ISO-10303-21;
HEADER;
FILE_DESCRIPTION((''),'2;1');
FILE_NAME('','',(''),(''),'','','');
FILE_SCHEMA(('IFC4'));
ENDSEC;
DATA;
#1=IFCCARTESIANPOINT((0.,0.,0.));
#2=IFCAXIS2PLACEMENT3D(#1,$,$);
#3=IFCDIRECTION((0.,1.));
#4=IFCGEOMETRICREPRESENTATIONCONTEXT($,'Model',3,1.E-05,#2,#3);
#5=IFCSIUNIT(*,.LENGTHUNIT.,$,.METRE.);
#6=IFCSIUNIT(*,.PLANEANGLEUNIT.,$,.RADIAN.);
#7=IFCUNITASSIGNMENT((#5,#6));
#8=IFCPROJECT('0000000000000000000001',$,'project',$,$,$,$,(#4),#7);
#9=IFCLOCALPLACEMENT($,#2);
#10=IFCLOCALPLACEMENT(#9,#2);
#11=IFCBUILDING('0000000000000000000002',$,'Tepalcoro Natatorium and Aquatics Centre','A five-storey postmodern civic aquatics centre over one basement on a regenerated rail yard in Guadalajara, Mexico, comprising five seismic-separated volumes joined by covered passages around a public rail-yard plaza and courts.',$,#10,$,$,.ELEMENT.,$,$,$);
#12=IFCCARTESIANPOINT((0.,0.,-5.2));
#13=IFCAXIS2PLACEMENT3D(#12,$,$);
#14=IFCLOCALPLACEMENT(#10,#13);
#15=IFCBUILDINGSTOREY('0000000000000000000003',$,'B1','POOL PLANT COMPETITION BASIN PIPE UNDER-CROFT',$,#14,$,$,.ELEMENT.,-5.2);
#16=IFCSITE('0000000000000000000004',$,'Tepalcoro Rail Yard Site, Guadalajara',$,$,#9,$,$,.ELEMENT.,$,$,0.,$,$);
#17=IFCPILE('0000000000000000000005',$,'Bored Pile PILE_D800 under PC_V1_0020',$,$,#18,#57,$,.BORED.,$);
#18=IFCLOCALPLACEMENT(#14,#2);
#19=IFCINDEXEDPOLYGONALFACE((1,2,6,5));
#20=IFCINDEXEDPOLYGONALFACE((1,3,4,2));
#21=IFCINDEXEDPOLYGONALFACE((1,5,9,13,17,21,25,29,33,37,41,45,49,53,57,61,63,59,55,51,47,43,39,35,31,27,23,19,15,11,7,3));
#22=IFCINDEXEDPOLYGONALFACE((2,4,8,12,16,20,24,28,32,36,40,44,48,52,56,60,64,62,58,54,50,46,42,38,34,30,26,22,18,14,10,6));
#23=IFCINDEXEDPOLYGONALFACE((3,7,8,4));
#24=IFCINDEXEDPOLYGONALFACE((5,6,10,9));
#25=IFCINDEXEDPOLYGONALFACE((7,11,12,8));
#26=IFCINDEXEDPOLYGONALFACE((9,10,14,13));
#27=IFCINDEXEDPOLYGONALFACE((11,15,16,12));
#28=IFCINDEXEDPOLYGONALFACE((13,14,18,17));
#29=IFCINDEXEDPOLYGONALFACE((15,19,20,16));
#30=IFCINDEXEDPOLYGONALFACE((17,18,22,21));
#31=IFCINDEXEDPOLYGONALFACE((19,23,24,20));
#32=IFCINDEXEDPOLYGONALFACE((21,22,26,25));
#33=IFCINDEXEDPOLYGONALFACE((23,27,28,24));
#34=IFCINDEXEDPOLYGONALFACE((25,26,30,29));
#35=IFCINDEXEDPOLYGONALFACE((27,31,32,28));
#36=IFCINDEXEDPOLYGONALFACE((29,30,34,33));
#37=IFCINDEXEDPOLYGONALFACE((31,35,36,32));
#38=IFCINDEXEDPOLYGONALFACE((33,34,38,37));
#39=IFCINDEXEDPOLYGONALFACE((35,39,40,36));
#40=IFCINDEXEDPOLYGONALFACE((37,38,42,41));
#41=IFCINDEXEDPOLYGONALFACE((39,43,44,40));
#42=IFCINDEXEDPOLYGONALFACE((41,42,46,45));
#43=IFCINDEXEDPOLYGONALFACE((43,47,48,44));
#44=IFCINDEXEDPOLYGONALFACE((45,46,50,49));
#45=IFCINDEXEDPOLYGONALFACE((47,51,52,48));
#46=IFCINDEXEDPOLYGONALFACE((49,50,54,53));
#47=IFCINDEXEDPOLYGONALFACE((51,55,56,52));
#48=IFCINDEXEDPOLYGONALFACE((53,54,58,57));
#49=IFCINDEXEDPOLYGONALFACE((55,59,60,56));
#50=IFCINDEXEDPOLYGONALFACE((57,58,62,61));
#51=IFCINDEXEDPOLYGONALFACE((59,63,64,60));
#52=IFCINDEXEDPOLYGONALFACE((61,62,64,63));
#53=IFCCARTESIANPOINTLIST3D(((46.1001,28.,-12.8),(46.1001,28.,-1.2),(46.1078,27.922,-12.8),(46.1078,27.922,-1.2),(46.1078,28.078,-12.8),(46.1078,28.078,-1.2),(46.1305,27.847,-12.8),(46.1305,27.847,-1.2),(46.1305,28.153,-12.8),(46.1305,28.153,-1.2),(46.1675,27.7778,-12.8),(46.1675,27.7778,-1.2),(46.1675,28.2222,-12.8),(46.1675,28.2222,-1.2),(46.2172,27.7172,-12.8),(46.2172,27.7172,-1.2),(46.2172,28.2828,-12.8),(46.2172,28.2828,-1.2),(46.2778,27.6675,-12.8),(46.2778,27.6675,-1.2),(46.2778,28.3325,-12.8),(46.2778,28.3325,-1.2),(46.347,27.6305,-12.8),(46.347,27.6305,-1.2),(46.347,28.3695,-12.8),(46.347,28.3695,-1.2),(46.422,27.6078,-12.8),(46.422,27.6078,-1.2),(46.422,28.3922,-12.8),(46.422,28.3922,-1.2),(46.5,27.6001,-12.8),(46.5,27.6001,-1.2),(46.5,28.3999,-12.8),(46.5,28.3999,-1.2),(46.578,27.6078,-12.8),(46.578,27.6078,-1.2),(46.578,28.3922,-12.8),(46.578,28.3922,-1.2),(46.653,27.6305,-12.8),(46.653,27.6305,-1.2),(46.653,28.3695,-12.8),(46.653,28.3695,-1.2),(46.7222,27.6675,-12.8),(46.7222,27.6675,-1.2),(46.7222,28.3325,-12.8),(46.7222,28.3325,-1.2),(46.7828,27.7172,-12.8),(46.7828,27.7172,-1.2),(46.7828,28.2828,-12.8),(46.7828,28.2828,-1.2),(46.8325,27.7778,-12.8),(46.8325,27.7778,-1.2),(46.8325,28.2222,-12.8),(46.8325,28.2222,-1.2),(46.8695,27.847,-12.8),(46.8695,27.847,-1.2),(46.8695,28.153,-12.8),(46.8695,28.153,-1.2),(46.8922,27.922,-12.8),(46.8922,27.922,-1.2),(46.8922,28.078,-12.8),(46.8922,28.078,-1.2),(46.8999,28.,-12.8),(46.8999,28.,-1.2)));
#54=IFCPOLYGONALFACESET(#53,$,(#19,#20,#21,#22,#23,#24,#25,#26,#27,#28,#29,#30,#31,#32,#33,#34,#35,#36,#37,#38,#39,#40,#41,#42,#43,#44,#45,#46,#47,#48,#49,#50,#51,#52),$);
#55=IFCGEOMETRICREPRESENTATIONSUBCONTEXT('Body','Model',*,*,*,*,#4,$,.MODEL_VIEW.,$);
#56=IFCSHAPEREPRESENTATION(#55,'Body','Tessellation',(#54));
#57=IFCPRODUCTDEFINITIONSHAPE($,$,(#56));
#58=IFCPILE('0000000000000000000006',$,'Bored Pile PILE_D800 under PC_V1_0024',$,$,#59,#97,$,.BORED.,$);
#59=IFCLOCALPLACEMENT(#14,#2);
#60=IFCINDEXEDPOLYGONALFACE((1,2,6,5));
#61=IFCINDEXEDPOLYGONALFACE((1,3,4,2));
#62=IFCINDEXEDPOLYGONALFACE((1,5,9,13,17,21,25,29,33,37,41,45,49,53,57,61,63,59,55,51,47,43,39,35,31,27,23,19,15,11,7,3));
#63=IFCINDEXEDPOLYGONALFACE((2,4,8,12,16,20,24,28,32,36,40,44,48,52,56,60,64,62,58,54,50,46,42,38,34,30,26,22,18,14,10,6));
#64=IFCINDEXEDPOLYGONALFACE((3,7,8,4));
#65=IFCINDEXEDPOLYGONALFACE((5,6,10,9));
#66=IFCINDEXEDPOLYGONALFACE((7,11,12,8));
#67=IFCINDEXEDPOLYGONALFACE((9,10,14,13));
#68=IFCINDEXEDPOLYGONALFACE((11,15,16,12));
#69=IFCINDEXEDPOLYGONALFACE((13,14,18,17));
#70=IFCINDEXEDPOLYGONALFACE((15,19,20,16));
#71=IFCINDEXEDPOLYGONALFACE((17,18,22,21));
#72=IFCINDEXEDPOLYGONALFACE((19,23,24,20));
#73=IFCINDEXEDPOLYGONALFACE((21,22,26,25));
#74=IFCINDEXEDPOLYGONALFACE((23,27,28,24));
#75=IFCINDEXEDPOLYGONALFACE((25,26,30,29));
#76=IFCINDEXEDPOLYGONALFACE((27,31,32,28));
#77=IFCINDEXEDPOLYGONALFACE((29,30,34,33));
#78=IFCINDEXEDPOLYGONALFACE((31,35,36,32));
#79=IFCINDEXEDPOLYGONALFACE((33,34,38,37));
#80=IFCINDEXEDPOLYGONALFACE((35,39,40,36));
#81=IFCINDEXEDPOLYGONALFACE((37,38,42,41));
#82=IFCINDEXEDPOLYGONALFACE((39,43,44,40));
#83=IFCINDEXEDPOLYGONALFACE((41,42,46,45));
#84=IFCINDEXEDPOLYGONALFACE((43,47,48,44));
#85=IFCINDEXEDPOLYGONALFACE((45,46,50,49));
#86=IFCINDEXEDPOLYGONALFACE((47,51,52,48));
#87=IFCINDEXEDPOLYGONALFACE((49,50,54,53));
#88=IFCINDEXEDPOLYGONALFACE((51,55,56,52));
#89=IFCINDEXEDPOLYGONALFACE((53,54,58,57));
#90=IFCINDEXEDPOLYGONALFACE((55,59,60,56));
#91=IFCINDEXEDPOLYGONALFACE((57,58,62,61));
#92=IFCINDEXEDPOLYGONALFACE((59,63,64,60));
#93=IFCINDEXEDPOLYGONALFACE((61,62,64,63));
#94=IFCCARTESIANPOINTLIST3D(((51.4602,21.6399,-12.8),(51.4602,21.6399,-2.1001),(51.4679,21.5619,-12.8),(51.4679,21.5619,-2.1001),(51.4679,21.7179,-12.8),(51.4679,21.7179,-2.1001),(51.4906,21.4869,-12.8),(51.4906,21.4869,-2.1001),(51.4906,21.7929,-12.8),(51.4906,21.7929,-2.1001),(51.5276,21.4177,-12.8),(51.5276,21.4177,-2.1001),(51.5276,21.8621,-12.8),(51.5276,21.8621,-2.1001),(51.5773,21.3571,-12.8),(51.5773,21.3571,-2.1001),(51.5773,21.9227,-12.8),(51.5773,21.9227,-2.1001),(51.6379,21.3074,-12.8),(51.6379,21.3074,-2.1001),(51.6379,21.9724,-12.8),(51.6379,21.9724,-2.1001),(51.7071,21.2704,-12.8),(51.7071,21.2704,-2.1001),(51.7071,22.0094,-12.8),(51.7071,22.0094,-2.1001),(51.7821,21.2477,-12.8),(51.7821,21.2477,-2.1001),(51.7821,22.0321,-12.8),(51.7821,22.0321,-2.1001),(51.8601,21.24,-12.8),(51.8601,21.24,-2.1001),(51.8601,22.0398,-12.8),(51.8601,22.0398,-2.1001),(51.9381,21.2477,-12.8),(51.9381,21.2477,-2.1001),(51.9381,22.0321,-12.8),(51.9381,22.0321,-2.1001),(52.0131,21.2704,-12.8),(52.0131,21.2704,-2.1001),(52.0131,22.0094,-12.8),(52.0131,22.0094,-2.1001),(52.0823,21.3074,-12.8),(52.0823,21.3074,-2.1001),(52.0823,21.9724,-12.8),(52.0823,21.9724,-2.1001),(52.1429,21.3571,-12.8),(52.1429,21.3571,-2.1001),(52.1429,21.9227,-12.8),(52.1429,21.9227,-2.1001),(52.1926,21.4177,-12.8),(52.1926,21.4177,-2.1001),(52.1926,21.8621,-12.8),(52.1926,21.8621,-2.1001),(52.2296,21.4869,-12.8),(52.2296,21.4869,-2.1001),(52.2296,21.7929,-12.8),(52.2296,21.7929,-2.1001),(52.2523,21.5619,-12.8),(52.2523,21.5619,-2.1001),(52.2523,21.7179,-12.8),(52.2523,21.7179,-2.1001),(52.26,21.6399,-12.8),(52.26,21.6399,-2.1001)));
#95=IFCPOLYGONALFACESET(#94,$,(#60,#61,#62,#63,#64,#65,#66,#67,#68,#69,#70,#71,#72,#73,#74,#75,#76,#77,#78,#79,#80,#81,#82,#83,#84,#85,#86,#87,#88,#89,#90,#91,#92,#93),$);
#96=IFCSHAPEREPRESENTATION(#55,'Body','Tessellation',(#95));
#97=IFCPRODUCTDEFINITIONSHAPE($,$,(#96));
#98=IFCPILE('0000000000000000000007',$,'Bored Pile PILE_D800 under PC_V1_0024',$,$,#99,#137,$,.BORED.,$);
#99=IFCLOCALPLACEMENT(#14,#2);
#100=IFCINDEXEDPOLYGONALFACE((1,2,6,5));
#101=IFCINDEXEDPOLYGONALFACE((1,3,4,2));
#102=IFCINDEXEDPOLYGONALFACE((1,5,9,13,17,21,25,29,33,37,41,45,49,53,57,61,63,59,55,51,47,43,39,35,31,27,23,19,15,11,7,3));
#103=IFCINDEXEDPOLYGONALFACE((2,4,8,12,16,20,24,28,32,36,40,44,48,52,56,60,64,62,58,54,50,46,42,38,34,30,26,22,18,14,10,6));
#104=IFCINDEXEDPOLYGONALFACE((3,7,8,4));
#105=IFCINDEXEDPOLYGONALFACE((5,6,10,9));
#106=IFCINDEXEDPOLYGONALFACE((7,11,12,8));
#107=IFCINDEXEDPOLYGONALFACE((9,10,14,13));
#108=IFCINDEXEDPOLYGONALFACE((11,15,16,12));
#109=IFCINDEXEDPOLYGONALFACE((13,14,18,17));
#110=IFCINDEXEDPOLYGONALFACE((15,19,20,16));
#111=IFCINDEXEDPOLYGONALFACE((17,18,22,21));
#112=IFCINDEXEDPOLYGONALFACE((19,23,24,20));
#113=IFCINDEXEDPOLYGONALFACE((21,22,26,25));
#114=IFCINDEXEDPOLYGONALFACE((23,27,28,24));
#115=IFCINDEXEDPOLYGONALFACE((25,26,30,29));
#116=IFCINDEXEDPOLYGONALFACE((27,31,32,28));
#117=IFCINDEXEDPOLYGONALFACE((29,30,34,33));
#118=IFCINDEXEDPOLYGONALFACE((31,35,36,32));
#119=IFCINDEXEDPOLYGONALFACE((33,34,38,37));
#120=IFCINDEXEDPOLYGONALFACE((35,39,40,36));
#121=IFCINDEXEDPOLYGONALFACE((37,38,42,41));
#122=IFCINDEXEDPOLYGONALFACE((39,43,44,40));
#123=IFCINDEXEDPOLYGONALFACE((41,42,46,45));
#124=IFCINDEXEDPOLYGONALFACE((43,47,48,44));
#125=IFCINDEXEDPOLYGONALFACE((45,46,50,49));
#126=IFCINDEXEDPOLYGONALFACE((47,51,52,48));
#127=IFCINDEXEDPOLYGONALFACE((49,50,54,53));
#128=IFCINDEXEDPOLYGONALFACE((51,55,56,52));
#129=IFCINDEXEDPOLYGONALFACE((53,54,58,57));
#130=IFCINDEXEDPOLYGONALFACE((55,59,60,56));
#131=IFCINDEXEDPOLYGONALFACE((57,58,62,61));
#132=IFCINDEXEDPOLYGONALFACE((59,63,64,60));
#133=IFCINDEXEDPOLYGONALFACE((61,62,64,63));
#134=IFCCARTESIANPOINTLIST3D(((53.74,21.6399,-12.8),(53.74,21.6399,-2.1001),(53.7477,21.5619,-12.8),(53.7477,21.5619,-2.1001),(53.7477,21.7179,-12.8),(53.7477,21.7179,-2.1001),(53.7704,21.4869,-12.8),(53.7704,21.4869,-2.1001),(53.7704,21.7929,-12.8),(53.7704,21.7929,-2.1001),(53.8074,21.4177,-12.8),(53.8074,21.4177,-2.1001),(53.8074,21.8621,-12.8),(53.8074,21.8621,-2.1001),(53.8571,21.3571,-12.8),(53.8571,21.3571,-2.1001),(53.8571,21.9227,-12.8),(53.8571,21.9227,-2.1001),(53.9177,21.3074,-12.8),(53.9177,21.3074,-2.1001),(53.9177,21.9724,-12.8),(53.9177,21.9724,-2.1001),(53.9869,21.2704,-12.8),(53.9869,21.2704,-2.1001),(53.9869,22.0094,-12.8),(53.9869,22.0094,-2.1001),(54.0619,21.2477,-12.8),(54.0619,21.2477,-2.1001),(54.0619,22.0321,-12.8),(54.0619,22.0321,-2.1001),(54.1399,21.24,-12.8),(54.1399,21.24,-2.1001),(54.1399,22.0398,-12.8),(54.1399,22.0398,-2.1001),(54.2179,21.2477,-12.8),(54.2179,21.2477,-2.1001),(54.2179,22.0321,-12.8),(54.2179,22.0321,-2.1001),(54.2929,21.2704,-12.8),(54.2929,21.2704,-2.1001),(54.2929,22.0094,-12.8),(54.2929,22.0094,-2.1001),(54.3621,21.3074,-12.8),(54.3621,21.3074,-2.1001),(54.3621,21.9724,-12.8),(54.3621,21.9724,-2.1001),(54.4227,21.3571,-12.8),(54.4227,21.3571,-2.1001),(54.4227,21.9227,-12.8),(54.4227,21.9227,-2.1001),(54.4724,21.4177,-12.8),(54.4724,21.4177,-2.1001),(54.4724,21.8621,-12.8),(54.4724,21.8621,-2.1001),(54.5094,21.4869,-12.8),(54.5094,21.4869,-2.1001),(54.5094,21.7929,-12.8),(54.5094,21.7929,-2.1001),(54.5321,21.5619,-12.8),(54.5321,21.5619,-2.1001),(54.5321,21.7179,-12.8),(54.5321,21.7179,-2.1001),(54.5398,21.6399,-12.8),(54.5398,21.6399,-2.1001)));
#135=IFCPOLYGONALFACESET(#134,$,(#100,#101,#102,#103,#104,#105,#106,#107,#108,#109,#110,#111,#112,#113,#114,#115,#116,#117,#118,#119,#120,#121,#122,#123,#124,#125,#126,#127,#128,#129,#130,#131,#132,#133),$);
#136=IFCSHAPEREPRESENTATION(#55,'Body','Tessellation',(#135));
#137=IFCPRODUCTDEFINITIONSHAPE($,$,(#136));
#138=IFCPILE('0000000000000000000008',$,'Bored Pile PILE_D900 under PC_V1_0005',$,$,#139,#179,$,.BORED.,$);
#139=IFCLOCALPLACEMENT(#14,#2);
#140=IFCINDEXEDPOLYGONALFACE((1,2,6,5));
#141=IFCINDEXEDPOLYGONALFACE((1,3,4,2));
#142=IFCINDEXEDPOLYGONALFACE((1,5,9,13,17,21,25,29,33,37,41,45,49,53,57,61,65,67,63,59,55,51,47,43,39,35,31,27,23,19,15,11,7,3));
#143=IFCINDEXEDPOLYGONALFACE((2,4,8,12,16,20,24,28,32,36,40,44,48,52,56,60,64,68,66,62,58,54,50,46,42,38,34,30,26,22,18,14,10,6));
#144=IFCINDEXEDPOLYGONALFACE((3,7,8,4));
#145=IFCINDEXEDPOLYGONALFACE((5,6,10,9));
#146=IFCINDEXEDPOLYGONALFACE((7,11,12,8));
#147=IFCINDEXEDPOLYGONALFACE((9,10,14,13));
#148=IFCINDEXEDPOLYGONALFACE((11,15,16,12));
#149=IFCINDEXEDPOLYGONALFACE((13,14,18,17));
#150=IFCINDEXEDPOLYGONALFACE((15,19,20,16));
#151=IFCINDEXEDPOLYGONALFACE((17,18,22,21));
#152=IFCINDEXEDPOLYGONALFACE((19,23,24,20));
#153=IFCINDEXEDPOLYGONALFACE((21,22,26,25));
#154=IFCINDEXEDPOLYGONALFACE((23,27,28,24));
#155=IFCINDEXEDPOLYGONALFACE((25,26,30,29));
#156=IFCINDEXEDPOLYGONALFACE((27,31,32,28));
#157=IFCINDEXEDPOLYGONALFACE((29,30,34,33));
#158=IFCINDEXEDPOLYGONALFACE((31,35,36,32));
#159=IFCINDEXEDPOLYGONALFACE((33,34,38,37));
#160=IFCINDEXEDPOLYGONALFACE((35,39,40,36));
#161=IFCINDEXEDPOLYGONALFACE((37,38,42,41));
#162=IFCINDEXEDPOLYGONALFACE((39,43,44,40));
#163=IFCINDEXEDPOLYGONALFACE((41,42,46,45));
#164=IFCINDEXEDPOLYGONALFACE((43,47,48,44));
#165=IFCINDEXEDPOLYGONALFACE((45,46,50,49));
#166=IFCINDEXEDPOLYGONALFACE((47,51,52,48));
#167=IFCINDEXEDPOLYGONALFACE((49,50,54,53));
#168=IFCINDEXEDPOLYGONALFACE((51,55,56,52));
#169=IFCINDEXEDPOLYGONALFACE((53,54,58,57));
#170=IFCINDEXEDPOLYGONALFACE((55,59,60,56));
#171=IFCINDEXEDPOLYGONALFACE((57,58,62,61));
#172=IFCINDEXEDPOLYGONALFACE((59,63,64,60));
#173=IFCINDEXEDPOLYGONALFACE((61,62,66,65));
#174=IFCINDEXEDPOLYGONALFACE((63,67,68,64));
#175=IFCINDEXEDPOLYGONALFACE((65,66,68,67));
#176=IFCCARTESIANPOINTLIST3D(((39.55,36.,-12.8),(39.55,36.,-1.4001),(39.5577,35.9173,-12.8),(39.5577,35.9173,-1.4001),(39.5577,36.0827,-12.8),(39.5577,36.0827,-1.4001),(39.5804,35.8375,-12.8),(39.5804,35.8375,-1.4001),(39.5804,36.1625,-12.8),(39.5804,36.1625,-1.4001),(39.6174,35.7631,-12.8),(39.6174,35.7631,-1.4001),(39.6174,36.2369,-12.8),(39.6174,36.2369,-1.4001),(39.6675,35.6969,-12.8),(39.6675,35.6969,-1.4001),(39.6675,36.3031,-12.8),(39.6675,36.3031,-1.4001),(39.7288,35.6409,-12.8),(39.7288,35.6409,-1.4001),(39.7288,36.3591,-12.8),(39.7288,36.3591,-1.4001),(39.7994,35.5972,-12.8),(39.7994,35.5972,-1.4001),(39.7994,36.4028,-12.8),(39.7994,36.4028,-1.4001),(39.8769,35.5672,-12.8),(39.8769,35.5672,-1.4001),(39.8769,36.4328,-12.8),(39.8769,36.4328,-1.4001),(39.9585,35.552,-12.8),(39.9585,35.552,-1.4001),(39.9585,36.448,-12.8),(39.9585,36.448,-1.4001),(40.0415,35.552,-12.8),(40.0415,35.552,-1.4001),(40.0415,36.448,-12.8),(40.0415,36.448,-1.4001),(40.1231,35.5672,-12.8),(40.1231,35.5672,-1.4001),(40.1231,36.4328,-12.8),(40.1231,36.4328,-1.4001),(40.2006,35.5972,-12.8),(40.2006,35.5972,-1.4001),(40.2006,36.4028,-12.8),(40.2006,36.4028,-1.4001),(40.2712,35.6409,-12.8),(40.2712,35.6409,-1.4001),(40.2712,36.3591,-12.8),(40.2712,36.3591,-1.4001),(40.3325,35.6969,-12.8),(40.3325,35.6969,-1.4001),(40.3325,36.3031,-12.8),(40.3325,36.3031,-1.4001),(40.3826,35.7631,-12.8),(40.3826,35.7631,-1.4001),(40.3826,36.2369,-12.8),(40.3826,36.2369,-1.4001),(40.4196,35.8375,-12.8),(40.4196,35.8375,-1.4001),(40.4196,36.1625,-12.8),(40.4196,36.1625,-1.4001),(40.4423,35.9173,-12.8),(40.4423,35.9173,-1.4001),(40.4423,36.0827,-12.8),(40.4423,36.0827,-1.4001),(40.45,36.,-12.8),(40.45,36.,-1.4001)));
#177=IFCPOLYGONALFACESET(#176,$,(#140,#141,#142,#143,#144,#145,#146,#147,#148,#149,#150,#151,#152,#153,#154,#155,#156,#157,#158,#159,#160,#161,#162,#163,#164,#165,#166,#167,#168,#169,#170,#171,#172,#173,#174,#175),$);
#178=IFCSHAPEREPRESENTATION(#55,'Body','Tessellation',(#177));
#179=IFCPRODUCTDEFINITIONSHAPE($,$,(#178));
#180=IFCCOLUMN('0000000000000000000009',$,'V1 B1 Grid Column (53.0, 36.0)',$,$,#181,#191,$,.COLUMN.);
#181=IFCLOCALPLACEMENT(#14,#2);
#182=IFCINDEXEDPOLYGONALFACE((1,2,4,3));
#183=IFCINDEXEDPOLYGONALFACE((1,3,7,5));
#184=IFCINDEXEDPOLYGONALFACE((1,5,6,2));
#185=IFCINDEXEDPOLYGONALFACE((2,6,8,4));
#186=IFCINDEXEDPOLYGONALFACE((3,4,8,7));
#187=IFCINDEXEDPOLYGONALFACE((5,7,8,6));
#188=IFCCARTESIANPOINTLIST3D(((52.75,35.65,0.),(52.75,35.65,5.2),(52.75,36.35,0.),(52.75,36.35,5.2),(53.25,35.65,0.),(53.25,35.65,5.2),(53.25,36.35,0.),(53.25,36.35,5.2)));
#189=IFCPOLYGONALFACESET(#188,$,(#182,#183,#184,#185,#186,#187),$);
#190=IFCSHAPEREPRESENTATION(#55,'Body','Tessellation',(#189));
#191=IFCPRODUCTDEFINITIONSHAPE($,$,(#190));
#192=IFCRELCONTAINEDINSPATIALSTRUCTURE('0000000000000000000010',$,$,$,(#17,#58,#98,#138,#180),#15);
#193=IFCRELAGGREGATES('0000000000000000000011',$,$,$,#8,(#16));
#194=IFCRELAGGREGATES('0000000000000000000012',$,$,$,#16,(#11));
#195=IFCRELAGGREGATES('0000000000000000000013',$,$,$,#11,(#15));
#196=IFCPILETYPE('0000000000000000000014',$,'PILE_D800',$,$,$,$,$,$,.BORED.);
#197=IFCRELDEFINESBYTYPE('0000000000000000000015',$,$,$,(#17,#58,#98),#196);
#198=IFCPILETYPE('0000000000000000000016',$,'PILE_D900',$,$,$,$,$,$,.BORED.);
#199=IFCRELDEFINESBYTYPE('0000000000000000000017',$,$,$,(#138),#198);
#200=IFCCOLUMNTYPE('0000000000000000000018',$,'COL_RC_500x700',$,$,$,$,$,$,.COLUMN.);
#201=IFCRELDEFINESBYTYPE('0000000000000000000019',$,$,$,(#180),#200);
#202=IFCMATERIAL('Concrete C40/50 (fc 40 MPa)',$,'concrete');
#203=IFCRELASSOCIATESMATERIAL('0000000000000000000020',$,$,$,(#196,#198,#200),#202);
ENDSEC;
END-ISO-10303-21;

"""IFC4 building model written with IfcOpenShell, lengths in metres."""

from ifc_helpers import new_model, si_unit, direction, frame, origin, origin_2d, place, context, subcontext, project, spatial, rectangle, circle, extrude, material, material_profile, profile_set, type_object, element, save


model = new_model("IFC4")

# Units and contexts
model_context = context("Model", 3, precision=1e-05, world=origin(), true_north=direction((0.0, 1.0)))
body_context = subcontext(model_context, "Body", "Model", "MODEL_VIEW")
ifc_project = project(units=[si_unit("LENGTHUNIT", "METRE"), si_unit("PLANEANGLEUNIT", "RADIAN")], contexts=[model_context])

# Site, building, storey
site_placement = place(None, origin())
site = spatial("IfcSite", under=ifc_project, at=site_placement, Name="Tepalcoro Rail Yard Site, Guadalajara", CompositionType="ELEMENT", RefElevation=0.0)
building_placement = place(site_placement, origin())
building = spatial("IfcBuilding", under=site, at=building_placement, Name="Tepalcoro Natatorium and Aquatics Centre", Description="A five-storey postmodern civic aquatics centre over one basement on a regenerated rail yard in Guadalajara, Mexico, comprising five seismic-separated volumes joined by covered passages around a public rail-yard plaza and courts.", CompositionType="ELEMENT")
storey_placement = place(building_placement, frame((0.0, 0.0, -5.2)))
storey = spatial("IfcBuildingStorey", under=building, at=storey_placement, Name="B1", Description="POOL PLANT COMPETITION BASIN PIPE UNDER-CROFT", CompositionType="ELEMENT", Elevation=-5.2)

# Piles
ifc_material_1 = material(Name="Concrete C40/50 (fc 40 MPa)", Category="concrete")
ifc_material_profile_1 = material_profile(ifc_material_1, circle(Radius=0.3999, at=origin_2d()), Name="PILE_D800")
ifc_profile_set_1 = profile_set([ifc_material_profile_1], Name="Concrete C40/50 (fc 40 MPa)")
pile_type_1 = type_object("IfcPileType", Name="PILE_D800", PredefinedType="BORED", material=ifc_profile_set_1)
pile_1_placement = place(storey_placement, frame((46.5, 28.0, -1.2), z_axis=(0.0, 0.0, -1.0), x_axis=(1.0, 0.0, 0.0)))
element("IfcPile", 1, at=pile_1_placement, inside=storey, type_object=pile_type_1, Name="Bored Pile PILE_D800 under PC_V1_0020", PredefinedType="BORED", context=body_context, shape_type="SweptSolid", body=[
    extrude(circle(Radius=0.3999, at=origin_2d()), origin(), (0.0, 0.0, 1.0), 11.6001),
])
for number, where, z_axis, x_axis, name in (
    (2, (51.8601, 21.6399, -2.1001), (0.0, 0.0, -1.0), (1.0, 0.0, 0.0), "Bored Pile PILE_D800 under PC_V1_0024"),
    (3, (54.1399, 21.6399, -2.1001), (0.0, 0.0, -1.0), (1.0, 0.0, 0.0), "Bored Pile PILE_D800 under PC_V1_0024"),
):
    element("IfcPile", number, at=place(storey_placement, frame(where, z_axis=z_axis, x_axis=x_axis)), inside=storey, type_object=pile_type_1, Name=name, PredefinedType="BORED", context=body_context, shape_type="SweptSolid", body=[
        extrude(circle(Radius=0.3999, at=origin_2d()), origin(), (0.0, 0.0, 1.0), 10.7),
    ])
ifc_material_profile_2 = material_profile(ifc_material_1, circle(Radius=0.45, at=origin_2d()), Name="PILE_D900")
ifc_profile_set_2 = profile_set([ifc_material_profile_2], Name="Concrete C40/50 (fc 40 MPa)")
pile_type_2 = type_object("IfcPileType", Name="PILE_D900", PredefinedType="BORED", material=ifc_profile_set_2)
pile_2_placement = place(storey_placement, frame((40.0, 36.0, -1.4001), z_axis=(0.0, 0.0, -1.0), x_axis=(1.0, 0.0, 0.0)))
element("IfcPile", 4, at=pile_2_placement, inside=storey, type_object=pile_type_2, Name="Bored Pile PILE_D900 under PC_V1_0005", PredefinedType="BORED", context=body_context, shape_type="SweptSolid", body=[
    extrude(circle(Radius=0.45, at=origin_2d()), origin(), (0.0, 0.0, 1.0), 11.3999),
])

# Column
ifc_material_profile_3 = material_profile(ifc_material_1, rectangle(XDim=0.5, YDim=0.7, at=origin_2d()), Name="RC500x700")
ifc_profile_set_3 = profile_set([ifc_material_profile_3], Name="Concrete C40/50 (fc 40 MPa)")
column_type_1 = type_object("IfcColumnType", Name="COL_RC_500x700", PredefinedType="COLUMN", material=ifc_profile_set_3)
column_1_placement = place(storey_placement, frame((53.0, 36.0, 0.0), z_axis=(0.0, 0.0, 1.0), x_axis=(1.0, 0.0, 0.0)))
element("IfcColumn", 5, at=column_1_placement, inside=storey, type_object=column_type_1, Name="V1 B1 Grid Column (53.0, 36.0)", PredefinedType="COLUMN", context=body_context, shape_type="SweptSolid", body=[
    extrude(rectangle(XDim=0.5, YDim=0.7, at=origin_2d()), origin(), (0.0, 0.0, 1.0), 5.2),
])

save(model, "model.ifc")
